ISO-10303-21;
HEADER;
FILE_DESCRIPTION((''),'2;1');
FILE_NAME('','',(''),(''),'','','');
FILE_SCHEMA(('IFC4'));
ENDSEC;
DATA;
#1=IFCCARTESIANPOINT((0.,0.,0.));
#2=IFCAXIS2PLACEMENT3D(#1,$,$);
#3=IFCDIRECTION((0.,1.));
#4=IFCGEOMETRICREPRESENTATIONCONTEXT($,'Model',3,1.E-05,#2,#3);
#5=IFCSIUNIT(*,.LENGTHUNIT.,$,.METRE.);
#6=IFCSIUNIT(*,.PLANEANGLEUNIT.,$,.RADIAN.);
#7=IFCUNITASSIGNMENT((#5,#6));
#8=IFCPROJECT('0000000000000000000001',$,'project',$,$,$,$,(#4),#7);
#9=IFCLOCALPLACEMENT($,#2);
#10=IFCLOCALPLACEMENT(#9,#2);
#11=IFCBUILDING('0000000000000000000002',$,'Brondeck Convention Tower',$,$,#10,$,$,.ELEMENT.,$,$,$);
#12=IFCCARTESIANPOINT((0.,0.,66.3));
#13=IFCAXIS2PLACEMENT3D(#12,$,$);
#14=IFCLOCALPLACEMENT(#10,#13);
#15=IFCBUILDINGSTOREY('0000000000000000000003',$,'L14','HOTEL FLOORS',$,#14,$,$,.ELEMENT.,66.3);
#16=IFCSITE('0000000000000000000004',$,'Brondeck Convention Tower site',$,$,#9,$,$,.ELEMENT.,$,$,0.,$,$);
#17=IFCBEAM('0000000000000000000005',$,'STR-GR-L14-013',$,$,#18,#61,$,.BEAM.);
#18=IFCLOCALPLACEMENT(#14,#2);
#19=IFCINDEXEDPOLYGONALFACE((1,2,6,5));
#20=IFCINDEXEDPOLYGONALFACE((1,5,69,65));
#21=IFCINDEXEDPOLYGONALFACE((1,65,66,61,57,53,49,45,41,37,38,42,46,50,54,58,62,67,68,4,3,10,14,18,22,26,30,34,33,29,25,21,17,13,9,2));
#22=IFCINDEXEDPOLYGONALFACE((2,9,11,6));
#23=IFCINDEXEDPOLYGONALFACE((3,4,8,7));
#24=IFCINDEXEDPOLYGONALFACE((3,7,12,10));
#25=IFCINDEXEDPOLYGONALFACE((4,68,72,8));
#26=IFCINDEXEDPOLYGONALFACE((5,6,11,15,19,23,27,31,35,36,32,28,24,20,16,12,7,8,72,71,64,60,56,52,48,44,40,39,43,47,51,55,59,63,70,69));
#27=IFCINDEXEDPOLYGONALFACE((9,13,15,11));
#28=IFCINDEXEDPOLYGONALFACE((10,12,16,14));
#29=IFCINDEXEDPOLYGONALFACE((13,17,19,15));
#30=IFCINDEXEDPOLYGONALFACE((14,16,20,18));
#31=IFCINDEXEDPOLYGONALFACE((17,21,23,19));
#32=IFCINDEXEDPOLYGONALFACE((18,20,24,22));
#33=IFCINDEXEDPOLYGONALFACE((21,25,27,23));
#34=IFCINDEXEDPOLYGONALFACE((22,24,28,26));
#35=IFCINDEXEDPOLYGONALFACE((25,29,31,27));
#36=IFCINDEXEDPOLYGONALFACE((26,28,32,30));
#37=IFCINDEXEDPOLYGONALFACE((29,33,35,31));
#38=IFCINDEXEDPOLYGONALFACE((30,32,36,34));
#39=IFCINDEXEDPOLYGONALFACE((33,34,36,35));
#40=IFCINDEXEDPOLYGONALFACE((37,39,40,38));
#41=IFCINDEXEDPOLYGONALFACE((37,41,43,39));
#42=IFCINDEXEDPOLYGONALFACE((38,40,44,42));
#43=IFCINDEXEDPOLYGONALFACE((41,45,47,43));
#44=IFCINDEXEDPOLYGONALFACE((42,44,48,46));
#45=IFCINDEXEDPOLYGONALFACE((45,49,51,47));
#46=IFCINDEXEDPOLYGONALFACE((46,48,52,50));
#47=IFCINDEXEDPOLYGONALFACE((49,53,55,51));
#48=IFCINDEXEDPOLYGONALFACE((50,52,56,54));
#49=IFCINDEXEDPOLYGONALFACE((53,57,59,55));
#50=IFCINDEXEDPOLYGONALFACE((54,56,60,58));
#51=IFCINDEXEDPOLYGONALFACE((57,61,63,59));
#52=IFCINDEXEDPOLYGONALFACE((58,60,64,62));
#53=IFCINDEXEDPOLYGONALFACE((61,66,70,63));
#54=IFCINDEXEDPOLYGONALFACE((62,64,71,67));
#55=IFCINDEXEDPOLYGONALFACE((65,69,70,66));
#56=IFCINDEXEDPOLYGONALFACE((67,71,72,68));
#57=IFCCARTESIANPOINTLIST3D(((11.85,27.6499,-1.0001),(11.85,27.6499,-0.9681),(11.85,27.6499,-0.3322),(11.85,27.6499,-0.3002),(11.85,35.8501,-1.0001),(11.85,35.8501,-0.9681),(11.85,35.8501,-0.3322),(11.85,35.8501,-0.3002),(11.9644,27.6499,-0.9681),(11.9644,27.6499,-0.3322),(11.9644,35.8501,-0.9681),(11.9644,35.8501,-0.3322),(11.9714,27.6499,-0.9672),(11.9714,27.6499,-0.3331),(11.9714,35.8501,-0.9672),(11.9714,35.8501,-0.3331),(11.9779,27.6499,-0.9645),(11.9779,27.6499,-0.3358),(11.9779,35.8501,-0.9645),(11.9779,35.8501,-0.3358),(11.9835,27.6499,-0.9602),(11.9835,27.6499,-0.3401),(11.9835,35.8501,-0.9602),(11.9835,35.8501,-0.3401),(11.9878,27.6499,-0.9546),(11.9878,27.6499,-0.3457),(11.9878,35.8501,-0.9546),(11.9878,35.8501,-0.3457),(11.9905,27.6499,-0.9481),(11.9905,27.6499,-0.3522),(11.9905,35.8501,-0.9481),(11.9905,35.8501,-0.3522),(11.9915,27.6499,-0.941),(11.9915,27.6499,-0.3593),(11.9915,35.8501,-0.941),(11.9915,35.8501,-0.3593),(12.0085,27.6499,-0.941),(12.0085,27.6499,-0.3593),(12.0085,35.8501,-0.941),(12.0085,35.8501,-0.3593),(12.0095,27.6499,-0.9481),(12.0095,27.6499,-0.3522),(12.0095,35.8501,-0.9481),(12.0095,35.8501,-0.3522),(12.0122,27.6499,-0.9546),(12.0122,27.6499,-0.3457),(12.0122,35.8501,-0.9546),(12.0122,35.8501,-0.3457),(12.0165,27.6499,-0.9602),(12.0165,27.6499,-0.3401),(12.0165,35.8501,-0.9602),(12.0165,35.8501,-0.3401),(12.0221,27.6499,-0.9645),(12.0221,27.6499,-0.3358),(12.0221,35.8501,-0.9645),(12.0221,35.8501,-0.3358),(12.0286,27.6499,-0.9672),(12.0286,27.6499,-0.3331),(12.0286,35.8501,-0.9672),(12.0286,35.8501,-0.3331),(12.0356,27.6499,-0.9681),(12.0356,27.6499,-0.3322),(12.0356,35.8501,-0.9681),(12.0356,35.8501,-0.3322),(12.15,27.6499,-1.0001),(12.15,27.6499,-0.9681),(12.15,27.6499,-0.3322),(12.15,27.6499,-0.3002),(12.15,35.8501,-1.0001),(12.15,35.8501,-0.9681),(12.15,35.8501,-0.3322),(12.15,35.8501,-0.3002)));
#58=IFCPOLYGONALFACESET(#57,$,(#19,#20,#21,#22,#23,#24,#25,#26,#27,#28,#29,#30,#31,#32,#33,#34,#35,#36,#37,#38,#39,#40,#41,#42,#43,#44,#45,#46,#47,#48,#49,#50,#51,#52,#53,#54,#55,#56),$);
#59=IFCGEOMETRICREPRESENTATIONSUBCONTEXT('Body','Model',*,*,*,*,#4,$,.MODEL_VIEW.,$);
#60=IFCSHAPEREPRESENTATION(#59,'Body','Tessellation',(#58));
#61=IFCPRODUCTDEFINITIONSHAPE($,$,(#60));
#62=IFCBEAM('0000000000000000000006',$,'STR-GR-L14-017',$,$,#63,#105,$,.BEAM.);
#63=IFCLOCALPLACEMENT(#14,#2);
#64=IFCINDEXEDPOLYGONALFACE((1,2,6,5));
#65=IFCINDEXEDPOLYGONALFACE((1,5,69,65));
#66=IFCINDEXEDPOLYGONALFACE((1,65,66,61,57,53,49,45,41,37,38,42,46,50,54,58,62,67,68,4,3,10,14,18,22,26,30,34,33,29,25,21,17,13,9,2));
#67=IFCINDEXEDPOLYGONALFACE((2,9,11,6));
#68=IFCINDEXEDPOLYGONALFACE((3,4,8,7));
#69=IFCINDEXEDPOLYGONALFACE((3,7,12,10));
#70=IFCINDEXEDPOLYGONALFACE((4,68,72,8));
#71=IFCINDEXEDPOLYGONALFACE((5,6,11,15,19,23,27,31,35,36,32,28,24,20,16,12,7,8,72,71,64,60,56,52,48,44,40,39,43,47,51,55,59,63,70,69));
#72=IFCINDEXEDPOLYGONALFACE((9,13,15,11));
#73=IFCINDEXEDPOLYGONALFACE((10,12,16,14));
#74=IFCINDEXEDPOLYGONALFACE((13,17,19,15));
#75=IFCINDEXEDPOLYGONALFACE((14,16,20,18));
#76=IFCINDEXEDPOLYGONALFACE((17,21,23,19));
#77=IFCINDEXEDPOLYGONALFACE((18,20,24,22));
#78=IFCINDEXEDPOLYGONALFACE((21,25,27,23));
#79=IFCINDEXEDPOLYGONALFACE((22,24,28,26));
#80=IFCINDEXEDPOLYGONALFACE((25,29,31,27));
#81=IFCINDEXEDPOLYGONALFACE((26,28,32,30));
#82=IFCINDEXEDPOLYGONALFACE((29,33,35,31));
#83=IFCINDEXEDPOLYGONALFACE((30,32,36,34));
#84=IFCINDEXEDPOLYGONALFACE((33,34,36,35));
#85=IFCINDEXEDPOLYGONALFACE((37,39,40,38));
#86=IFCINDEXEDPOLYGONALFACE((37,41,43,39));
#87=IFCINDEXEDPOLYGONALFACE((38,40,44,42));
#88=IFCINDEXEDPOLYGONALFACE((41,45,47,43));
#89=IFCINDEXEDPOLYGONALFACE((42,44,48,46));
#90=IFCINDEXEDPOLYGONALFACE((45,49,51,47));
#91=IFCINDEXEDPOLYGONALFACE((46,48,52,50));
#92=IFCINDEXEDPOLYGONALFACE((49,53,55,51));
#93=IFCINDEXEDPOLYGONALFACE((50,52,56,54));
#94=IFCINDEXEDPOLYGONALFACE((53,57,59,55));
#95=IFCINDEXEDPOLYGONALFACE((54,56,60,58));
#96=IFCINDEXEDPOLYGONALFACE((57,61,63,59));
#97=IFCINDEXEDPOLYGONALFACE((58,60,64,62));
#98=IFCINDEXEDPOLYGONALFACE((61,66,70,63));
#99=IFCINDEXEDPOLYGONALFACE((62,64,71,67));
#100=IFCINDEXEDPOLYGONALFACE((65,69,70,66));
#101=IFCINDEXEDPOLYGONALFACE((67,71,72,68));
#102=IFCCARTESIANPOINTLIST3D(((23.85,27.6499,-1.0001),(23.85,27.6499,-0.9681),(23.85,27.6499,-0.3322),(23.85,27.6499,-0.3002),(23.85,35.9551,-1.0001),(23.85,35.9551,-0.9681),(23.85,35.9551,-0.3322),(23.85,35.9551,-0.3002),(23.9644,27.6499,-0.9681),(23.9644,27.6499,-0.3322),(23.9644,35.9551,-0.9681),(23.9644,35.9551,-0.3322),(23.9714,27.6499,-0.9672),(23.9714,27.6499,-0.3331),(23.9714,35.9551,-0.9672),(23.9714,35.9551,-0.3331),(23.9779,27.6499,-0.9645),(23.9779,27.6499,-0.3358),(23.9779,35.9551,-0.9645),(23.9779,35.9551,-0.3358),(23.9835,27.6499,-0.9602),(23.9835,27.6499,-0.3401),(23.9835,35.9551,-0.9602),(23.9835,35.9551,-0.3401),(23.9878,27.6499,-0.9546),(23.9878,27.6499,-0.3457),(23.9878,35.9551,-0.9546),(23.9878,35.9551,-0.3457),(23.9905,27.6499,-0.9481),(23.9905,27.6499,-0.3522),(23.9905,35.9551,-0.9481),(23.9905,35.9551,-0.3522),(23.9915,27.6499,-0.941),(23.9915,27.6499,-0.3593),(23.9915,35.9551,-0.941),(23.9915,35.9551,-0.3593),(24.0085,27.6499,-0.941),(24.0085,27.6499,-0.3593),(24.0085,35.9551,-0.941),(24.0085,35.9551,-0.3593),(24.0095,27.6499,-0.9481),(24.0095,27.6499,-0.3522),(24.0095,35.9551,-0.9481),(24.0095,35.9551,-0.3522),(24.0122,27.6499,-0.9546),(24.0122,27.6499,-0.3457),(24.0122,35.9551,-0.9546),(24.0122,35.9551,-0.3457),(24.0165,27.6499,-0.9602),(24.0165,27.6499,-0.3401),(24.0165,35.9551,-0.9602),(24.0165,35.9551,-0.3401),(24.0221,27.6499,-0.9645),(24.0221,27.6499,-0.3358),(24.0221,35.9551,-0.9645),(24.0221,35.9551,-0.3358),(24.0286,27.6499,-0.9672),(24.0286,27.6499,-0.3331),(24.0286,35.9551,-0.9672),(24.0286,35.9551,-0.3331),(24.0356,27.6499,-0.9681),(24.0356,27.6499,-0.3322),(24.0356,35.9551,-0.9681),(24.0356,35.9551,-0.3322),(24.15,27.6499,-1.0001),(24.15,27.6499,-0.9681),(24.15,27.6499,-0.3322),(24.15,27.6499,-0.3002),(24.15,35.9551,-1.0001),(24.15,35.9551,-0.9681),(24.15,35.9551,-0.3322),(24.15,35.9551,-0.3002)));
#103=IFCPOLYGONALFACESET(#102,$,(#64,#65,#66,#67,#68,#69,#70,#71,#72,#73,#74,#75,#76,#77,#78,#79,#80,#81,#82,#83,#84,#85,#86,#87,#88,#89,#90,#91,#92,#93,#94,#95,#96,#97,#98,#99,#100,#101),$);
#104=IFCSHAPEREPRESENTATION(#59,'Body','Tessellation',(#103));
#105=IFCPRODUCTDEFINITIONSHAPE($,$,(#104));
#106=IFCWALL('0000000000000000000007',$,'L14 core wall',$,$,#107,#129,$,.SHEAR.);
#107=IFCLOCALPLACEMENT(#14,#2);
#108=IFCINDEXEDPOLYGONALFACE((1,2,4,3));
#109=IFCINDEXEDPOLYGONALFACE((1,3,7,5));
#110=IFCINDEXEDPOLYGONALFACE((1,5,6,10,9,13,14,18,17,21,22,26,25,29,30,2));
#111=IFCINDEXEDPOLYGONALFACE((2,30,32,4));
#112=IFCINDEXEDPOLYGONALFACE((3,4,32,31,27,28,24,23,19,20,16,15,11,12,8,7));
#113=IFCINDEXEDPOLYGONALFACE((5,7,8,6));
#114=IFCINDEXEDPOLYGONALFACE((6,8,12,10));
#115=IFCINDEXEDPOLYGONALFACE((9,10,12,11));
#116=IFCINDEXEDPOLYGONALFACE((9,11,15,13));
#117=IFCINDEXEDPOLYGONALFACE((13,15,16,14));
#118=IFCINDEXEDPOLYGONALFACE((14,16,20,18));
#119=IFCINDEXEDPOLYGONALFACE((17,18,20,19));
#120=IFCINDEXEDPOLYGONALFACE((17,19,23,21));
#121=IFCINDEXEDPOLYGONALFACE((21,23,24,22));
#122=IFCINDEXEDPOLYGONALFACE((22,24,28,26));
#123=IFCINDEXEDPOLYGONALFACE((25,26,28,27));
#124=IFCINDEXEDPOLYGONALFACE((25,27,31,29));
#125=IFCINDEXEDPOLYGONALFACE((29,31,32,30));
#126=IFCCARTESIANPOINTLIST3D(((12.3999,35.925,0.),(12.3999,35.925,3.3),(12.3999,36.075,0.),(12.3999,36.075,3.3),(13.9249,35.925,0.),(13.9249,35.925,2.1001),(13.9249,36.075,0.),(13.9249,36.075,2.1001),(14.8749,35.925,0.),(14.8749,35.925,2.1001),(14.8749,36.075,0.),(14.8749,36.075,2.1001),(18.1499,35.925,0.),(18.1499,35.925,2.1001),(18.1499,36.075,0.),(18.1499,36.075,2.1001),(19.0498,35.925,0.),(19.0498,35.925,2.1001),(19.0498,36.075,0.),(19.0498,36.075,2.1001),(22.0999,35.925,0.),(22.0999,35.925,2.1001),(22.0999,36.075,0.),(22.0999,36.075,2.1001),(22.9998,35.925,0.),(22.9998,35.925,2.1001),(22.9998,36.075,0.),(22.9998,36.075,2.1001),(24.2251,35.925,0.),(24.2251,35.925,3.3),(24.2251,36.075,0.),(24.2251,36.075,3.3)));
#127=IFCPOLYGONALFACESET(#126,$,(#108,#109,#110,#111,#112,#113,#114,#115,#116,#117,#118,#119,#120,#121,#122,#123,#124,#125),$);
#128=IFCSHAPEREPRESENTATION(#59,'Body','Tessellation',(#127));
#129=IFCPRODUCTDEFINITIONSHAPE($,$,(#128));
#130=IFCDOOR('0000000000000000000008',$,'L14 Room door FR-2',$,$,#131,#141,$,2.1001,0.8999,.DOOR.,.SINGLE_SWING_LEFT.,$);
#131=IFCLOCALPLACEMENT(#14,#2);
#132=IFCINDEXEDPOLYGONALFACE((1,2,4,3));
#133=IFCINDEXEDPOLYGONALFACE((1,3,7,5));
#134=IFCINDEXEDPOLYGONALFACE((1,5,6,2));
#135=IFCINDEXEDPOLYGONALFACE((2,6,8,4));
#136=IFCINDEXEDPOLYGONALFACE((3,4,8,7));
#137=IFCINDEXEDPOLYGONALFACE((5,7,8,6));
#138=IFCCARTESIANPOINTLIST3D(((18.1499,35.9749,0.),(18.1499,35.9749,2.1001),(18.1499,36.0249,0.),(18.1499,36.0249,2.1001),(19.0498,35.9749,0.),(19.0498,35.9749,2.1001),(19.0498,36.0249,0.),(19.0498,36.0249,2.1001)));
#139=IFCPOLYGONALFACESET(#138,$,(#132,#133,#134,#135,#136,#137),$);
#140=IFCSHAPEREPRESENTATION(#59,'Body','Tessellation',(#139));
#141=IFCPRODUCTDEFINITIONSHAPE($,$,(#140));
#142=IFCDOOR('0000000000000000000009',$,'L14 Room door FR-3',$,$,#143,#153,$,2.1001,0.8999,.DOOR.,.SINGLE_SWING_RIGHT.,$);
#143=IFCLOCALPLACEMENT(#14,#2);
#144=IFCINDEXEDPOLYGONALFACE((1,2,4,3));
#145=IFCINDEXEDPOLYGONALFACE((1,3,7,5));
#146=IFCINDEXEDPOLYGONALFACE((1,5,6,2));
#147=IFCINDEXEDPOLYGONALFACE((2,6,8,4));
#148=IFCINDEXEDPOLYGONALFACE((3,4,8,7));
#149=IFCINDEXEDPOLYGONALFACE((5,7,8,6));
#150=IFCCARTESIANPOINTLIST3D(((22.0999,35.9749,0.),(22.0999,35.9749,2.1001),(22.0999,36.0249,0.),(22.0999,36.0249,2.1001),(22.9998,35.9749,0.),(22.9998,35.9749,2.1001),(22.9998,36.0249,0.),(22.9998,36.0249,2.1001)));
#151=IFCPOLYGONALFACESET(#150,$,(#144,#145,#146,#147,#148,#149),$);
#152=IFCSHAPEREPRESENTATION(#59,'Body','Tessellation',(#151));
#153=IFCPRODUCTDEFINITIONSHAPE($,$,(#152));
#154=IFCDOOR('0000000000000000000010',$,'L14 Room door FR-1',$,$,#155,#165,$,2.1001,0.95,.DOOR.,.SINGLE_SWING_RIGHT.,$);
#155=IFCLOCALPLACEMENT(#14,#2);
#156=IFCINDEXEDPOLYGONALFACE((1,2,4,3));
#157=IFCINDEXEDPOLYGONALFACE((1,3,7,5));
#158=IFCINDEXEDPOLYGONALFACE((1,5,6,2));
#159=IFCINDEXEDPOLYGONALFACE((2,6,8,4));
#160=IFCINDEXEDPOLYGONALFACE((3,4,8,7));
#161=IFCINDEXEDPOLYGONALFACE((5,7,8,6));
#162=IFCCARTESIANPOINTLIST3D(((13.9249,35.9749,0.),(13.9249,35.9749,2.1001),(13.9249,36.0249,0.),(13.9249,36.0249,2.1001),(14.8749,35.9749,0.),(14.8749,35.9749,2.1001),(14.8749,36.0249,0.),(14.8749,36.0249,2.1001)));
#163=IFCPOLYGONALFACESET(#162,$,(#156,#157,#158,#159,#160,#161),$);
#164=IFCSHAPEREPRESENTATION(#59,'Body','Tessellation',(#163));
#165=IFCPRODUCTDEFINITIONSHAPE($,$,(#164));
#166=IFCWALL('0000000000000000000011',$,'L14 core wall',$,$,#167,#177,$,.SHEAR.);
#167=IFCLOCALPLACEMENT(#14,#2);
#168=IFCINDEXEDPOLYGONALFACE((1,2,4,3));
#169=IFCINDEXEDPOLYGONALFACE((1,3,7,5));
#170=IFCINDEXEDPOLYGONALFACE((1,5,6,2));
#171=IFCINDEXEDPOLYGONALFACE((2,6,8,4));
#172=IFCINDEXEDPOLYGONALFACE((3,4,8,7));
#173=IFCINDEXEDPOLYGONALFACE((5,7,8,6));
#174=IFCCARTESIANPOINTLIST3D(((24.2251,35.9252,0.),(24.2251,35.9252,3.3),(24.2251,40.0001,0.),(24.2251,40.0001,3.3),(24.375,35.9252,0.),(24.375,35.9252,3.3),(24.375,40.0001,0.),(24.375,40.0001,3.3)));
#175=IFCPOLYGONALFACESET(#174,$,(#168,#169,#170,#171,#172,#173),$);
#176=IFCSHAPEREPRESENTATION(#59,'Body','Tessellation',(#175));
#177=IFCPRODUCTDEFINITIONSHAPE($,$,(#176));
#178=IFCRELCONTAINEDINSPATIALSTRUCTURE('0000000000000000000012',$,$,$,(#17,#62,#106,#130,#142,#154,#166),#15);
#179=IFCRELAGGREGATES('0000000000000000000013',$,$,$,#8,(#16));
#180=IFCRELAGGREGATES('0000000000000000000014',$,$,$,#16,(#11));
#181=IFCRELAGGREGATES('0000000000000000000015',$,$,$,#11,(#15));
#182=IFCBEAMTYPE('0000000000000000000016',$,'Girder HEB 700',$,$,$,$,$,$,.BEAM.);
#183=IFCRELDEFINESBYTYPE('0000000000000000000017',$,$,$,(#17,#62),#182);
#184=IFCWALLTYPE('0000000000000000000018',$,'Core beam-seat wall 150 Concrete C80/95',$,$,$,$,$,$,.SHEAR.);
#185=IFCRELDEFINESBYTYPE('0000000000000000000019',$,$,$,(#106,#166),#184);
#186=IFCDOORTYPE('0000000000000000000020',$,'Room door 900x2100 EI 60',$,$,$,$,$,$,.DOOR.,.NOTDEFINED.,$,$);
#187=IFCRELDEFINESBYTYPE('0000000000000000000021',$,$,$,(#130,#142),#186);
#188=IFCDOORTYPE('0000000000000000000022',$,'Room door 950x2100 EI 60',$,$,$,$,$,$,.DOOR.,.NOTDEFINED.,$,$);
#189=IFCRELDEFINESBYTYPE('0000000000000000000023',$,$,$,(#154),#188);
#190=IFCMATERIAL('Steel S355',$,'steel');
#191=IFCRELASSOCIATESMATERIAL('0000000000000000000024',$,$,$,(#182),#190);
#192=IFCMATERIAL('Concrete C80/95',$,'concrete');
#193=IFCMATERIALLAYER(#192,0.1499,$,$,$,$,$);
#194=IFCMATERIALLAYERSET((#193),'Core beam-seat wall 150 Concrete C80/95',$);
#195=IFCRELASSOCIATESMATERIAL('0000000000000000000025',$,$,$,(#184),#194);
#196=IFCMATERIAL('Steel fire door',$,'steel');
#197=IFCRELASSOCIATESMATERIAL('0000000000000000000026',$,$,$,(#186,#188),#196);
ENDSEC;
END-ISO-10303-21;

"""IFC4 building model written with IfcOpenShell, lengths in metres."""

from ifc_helpers import new_model, si_unit, direction, frame, frame_2d, origin, origin_2d, place, context, subcontext, project, spatial, rectangle, i_section, extrude, material, layer, layer_set, material_profile, profile_set, type_object, element, fill, save


model = new_model("IFC4")

# Units and contexts
model_context = context("Model", 3, precision=1e-05, world=origin(), true_north=direction((0.0, 1.0)))
body_context = subcontext(model_context, "Body", "Model", "MODEL_VIEW")
ifc_project = project(units=[si_unit("LENGTHUNIT", "METRE"), si_unit("PLANEANGLEUNIT", "RADIAN")], contexts=[model_context])

# Site, building, storey
site_placement = place(None, origin())
site = spatial("IfcSite", under=ifc_project, at=site_placement, Name="Brondeck Convention Tower site", CompositionType="ELEMENT", RefElevation=0.0)
building_placement = place(site_placement, origin())
building = spatial("IfcBuilding", under=site, at=building_placement, Name="Brondeck Convention Tower", CompositionType="ELEMENT")
storey_placement = place(building_placement, frame((0.0, 0.0, 66.3)))
storey = spatial("IfcBuildingStorey", under=building, at=storey_placement, Name="L14", Description="HOTEL FLOORS", CompositionType="ELEMENT", Elevation=66.3)

# Beams
ifc_material_1 = material(Name="Steel S355", Category="steel")
ifc_material_profile = material_profile(ifc_material_1, i_section(OverallWidth=0.3, OverallDepth=0.7, WebThickness=0.0171, FlangeThickness=0.032, FilletRadius=0.0271, at=origin_2d()), Name="HEB 700")
ifc_profile_set = profile_set([ifc_material_profile], Name="Steel S355")
beam_type = type_object("IfcBeamType", Name="Girder HEB 700", PredefinedType="BEAM", material=ifc_profile_set)
beam_1_placement = place(storey_placement, frame((12.0, 35.8501, -0.6501), z_axis=(0.0, -1.0, 0.0), x_axis=(1.0, 0.0, 0.0)))
element("IfcBeam", 1, at=beam_1_placement, inside=storey, type_object=beam_type, Name="STR-GR-L14-013", PredefinedType="BEAM", context=body_context, shape_type="SweptSolid", body=[
    extrude(i_section(OverallWidth=0.3, OverallDepth=0.7, WebThickness=0.0171, FlangeThickness=0.032, FilletRadius=0.0271, at=origin_2d()), origin(), (0.0, 0.0, 1.0), 8.2002),
])
beam_2_placement = place(storey_placement, frame((24.0, 35.9551, -0.6501), z_axis=(0.0, -1.0, 0.0), x_axis=(1.0, 0.0, 0.0)))
element("IfcBeam", 2, at=beam_2_placement, inside=storey, type_object=beam_type, Name="STR-GR-L14-017", PredefinedType="BEAM", context=body_context, shape_type="SweptSolid", body=[
    extrude(i_section(OverallWidth=0.3, OverallDepth=0.7, WebThickness=0.0171, FlangeThickness=0.032, FilletRadius=0.0271, at=origin_2d()), origin(), (0.0, 0.0, 1.0), 8.3052),
])

# Wall, openings, doors
ifc_material_2 = material(Name="Concrete C80/95", Category="concrete")
ifc_layer_1 = layer(ifc_material_2, 0.1499)
ifc_layer_set_1 = layer_set([ifc_layer_1], Name="Core beam-seat wall 150 Concrete C80/95")
wall_type_1 = type_object("IfcWallType", Name="Core beam-seat wall 150 Concrete C80/95", PredefinedType="SHEAR", material=ifc_layer_set_1)
wall_1_placement = place(storey_placement, frame((12.3999, 36.0, 0.0), z_axis=(0.0, 0.0, 1.0), x_axis=(1.0, 0.0, 0.0)))
wall_1 = element("IfcWall", 3, at=wall_1_placement, inside=storey, type_object=wall_type_1, Name="L14 core wall", PredefinedType="SHEAR", context=body_context, shape_type="SweptSolid", body=[
    extrude(rectangle(XDim=11.8252, YDim=0.1499, at=frame_2d((5.9126, 0.0))), origin(), (0.0, 0.0, 1.0), 3.3),
])
opening_1_placement = place(wall_1_placement, frame((1.5249, 0.0, 0.0)))
opening_1 = element("IfcOpeningElement", 4, at=opening_1_placement, cuts=wall_1, PredefinedType="OPENING", context=body_context, shape_type="SweptSolid", body=[
    extrude(rectangle(XDim=0.95, YDim=2.1001, at=frame_2d((0.4751, 1.05))), frame((0.0, 0.085, 0.0), z_axis=(0.0, -1.0, 0.0), x_axis=(1.0, 0.0, 0.0)), (0.0, 0.0, 1.0), 0.1699),
])
opening_2_placement = place(wall_1_placement, frame((5.75, 0.0, 0.0)))
opening_2 = element("IfcOpeningElement", 5, at=opening_2_placement, cuts=wall_1, PredefinedType="OPENING", context=body_context, shape_type="SweptSolid", body=[
    extrude(rectangle(XDim=0.8999, YDim=2.1001, at=frame_2d((0.45, 1.05))), frame((0.0, 0.085, 0.0), z_axis=(0.0, -1.0, 0.0), x_axis=(1.0, 0.0, 0.0)), (0.0, 0.0, 1.0), 0.1699),
])
opening_3_placement = place(wall_1_placement, frame((9.7, 0.0, 0.0)))
opening_3 = element("IfcOpeningElement", 6, at=opening_3_placement, cuts=wall_1, PredefinedType="OPENING", context=body_context, shape_type="SweptSolid", body=[
    extrude(rectangle(XDim=0.8999, YDim=2.1001, at=frame_2d((0.45, 1.05))), frame((0.0, 0.085, 0.0), z_axis=(0.0, -1.0, 0.0), x_axis=(1.0, 0.0, 0.0)), (0.0, 0.0, 1.0), 0.1699),
])
ifc_material_3 = material(Name="Steel fire door", Category="steel")
door_type_1 = type_object("IfcDoorType", Name="Room door 900x2100 EI 60", OperationType="NOTDEFINED", PredefinedType="DOOR", material=ifc_material_3)
door_1_placement = place(opening_2_placement, origin())
door_1 = element("IfcDoor", 7, at=door_1_placement, inside=storey, type_object=door_type_1, Name="L14 Room door FR-2", OperationType="SINGLE_SWING_LEFT", OverallHeight=2.1001, OverallWidth=0.8999, PredefinedType="DOOR", context=body_context, shape_type="SweptSolid", body=[
    extrude(rectangle(XDim=0.8999, YDim=2.1001, at=frame_2d((0.45, 1.05))), frame((0.0, 0.0249, 0.0), z_axis=(0.0, -1.0, 0.0), x_axis=(1.0, 0.0, 0.0)), (0.0, 0.0, 1.0), 0.05),
])
fill(opening_2, door_1)
door_2_placement = place(opening_3_placement, origin())
door_2 = element("IfcDoor", 8, at=door_2_placement, inside=storey, type_object=door_type_1, Name="L14 Room door FR-3", OperationType="SINGLE_SWING_RIGHT", OverallHeight=2.1001, OverallWidth=0.8999, PredefinedType="DOOR", context=body_context, shape_type="SweptSolid", body=[
    extrude(rectangle(XDim=0.8999, YDim=2.1001, at=frame_2d((0.45, 1.05))), frame((0.0, 0.0249, 0.0), z_axis=(0.0, -1.0, 0.0), x_axis=(1.0, 0.0, 0.0)), (0.0, 0.0, 1.0), 0.05),
])
fill(opening_3, door_2)
door_type_2 = type_object("IfcDoorType", Name="Room door 950x2100 EI 60", OperationType="NOTDEFINED", PredefinedType="DOOR", material=ifc_material_3)
door_3_placement = place(opening_1_placement, origin())
door_3 = element("IfcDoor", 9, at=door_3_placement, inside=storey, type_object=door_type_2, Name="L14 Room door FR-1", OperationType="SINGLE_SWING_RIGHT", OverallHeight=2.1001, OverallWidth=0.95, PredefinedType="DOOR", context=body_context, shape_type="SweptSolid", body=[
    extrude(rectangle(XDim=0.95, YDim=2.1001, at=frame_2d((0.4751, 1.05))), frame((0.0, 0.0249, 0.0), z_axis=(0.0, -1.0, 0.0), x_axis=(1.0, 0.0, 0.0)), (0.0, 0.0, 1.0), 0.05),
])
fill(opening_1, door_3)

# Wall
wall_2_placement = place(storey_placement, frame((24.3, 35.925, 0.0), z_axis=(0.0, 0.0, 1.0), x_axis=(0.0, 1.0, 0.0)))
element("IfcWall", 10, at=wall_2_placement, inside=storey, type_object=wall_type_1, Name="L14 core wall", PredefinedType="SHEAR", context=body_context, shape_type="SweptSolid", body=[
    extrude(rectangle(XDim=4.075, YDim=0.1499, at=frame_2d((2.0376, 0.0))), origin(), (0.0, 0.0, 1.0), 3.3),
])

save(model, "model.ifc")
